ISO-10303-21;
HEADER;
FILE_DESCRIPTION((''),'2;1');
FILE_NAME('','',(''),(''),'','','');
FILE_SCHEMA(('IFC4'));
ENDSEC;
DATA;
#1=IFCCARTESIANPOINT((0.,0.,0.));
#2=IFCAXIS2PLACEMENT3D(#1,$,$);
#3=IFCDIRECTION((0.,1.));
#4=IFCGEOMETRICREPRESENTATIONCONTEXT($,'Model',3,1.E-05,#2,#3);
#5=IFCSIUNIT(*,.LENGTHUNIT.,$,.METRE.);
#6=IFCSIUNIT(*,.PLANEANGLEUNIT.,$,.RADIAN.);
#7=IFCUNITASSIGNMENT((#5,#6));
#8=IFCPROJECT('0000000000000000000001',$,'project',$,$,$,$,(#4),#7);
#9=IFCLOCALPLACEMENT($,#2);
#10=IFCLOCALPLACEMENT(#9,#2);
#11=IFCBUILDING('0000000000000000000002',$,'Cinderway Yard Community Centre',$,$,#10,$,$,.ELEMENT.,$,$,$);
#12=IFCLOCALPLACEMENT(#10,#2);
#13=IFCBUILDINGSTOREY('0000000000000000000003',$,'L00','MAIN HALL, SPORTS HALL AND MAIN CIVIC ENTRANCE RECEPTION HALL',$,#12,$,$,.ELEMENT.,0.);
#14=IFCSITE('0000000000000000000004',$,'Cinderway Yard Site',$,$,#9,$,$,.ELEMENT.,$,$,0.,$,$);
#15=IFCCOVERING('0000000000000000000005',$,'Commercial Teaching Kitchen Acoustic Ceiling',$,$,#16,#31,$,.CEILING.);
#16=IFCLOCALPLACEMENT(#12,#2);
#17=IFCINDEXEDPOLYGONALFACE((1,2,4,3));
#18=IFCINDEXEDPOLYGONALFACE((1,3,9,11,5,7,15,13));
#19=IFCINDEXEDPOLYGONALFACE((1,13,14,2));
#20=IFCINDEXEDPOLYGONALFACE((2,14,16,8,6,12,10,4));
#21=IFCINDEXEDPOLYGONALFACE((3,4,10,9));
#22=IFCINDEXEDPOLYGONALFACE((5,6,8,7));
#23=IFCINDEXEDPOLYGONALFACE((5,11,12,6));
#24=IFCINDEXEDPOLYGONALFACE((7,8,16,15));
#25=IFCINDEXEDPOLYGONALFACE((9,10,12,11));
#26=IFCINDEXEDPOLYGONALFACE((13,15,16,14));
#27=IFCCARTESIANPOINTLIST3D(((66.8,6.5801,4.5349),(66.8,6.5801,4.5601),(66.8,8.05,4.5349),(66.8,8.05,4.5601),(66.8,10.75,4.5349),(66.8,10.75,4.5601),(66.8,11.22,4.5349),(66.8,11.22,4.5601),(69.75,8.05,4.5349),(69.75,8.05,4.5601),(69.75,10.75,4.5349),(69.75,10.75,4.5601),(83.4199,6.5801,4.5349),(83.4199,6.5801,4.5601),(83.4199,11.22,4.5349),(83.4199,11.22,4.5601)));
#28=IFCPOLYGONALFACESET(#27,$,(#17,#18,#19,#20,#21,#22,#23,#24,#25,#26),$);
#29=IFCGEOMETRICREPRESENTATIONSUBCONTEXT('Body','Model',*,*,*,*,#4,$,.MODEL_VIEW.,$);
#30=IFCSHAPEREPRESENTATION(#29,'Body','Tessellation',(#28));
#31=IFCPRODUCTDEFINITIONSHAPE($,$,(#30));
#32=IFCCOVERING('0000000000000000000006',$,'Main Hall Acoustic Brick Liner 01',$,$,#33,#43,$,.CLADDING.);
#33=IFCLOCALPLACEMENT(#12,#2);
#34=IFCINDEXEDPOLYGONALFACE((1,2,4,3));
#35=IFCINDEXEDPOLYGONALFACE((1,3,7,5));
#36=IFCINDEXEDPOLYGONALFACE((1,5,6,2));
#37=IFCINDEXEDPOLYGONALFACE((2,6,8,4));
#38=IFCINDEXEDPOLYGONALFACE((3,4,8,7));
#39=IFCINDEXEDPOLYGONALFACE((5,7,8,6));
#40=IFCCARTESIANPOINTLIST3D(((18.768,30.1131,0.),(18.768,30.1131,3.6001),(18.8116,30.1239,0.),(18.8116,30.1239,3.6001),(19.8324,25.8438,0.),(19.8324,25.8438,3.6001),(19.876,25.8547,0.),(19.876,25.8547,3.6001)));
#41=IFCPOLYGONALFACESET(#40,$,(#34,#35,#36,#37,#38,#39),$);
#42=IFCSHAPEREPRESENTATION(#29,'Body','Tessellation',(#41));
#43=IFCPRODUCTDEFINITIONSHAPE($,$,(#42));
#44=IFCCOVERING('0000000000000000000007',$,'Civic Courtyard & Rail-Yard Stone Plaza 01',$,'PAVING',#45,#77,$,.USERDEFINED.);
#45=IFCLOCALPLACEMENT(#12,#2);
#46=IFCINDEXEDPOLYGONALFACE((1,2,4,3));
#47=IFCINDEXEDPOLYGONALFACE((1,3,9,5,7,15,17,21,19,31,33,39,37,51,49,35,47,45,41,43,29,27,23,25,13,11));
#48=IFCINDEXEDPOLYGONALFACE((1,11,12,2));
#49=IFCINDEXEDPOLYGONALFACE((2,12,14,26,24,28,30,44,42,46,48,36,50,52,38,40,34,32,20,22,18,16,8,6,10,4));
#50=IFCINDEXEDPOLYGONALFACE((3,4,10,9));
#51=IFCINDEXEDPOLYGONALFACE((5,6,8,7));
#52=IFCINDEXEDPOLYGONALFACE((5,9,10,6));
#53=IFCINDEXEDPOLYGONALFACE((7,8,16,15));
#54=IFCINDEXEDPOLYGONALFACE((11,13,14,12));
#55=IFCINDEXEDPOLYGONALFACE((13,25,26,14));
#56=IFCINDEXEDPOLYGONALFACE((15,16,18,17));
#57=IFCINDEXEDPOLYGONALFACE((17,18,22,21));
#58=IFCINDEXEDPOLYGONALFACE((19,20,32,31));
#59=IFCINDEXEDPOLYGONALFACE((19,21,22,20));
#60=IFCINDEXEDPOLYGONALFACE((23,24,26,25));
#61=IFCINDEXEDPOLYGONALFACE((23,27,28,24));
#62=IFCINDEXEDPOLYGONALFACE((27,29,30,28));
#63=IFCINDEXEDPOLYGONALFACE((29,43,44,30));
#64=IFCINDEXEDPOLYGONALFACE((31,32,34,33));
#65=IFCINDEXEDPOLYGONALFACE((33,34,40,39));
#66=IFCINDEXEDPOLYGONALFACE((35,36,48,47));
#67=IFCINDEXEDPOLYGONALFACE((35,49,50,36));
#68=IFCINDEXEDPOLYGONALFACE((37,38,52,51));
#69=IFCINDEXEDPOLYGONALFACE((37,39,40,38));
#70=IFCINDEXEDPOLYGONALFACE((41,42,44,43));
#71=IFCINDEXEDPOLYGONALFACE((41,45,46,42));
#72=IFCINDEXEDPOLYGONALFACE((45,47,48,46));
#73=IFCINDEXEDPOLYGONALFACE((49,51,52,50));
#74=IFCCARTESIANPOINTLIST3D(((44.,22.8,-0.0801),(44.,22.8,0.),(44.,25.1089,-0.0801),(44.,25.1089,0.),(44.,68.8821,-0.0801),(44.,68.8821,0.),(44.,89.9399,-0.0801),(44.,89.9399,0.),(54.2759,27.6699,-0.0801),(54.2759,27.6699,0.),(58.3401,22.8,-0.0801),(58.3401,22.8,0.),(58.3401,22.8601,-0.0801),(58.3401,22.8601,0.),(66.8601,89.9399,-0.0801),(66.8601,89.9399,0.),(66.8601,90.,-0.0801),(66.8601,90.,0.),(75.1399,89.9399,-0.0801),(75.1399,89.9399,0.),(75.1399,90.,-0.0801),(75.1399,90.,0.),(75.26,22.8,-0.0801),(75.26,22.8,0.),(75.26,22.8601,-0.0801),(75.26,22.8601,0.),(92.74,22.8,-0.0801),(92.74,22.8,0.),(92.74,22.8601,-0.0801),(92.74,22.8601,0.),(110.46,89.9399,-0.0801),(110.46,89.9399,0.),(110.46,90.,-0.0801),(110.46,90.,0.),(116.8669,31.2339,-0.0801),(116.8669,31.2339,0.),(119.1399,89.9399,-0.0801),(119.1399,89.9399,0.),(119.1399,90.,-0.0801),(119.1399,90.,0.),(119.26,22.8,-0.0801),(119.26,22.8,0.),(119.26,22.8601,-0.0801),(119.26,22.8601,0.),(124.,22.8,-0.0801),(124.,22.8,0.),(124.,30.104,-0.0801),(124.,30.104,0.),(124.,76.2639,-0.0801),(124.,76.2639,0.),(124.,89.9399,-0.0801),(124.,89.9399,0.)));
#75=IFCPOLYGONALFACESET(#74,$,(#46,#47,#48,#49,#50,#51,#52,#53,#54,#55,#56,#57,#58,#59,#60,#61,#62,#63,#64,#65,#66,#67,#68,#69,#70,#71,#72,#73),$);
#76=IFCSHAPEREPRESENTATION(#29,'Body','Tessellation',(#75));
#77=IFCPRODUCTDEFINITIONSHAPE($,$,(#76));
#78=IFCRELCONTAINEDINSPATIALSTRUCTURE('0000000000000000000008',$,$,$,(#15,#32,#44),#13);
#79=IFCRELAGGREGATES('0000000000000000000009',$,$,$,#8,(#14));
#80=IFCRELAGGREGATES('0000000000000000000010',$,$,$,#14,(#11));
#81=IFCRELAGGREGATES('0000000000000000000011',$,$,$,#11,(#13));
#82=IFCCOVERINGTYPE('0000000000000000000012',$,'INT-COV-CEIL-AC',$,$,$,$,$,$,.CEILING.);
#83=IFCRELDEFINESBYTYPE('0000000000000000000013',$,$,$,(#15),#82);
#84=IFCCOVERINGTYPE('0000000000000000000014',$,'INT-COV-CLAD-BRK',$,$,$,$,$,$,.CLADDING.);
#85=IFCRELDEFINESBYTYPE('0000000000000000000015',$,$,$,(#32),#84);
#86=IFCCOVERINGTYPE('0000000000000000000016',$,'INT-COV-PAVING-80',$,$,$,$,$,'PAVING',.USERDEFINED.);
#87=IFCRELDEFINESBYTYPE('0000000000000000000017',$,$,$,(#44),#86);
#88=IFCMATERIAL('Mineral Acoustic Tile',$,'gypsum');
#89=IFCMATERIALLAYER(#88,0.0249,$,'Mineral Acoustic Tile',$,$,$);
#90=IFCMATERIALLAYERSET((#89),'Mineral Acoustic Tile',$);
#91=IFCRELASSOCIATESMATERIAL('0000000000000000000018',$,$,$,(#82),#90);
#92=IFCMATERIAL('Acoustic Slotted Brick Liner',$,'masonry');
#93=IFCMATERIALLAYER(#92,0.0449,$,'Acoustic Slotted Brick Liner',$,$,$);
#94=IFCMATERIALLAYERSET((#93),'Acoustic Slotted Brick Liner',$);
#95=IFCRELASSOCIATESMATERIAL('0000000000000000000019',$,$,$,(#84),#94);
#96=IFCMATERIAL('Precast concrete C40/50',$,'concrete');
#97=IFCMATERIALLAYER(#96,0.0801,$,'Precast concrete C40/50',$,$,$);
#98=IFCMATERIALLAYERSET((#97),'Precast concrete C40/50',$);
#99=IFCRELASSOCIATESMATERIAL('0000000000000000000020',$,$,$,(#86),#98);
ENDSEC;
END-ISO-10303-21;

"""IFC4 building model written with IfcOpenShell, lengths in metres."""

from ifc_helpers import new_model, si_unit, direction, frame, origin, origin_2d, place, context, subcontext, project, spatial, polyline, rectangle, outline, extrude, material, layer, layer_set, type_object, element, save


model = new_model("IFC4")

# Units and contexts
model_context = context("Model", 3, precision=1e-05, world=origin(), true_north=direction((0.0, 1.0)))
body_context = subcontext(model_context, "Body", "Model", "MODEL_VIEW")
ifc_project = project(units=[si_unit("LENGTHUNIT", "METRE"), si_unit("PLANEANGLEUNIT", "RADIAN")], contexts=[model_context])

# Site, building, storey
site_placement = place(None, origin())
site = spatial("IfcSite", under=ifc_project, at=site_placement, Name="Cinderway Yard Site", CompositionType="ELEMENT", RefElevation=0.0)
building_placement = place(site_placement, origin())
building = spatial("IfcBuilding", under=site, at=building_placement, Name="Cinderway Yard Community Centre", CompositionType="ELEMENT")
storey_placement = place(building_placement, origin())
storey = spatial("IfcBuildingStorey", under=building, at=storey_placement, Name="L00", Description="MAIN HALL, SPORTS HALL AND MAIN CIVIC ENTRANCE RECEPTION HALL", CompositionType="ELEMENT", Elevation=0.0)

# Coverings
ifc_material_1 = material(Name="Mineral Acoustic Tile", Category="gypsum")
ifc_layer_1 = layer(ifc_material_1, 0.0249, Name="Mineral Acoustic Tile")
ifc_layer_set_1 = layer_set([ifc_layer_1], Name="Mineral Acoustic Tile")
covering_type_1 = type_object("IfcCoveringType", Name="INT-COV-CEIL-AC", PredefinedType="CEILING", material=ifc_layer_set_1)
covering_1_placement = place(storey_placement, frame((0.0, 0.0, 4.5349)))
element("IfcCovering", 1, at=covering_1_placement, inside=storey, type_object=covering_type_1, Name="Commercial Teaching Kitchen Acoustic Ceiling", PredefinedType="CEILING", context=body_context, shape_type="SweptSolid", body=[
    extrude(outline(polyline([(66.8, 8.05), (69.75, 8.05), (69.75, 10.75), (66.8, 10.75), (66.8, 11.22), (83.4199, 11.22), (83.4199, 6.5801), (66.8, 6.5801), (66.8, 8.05)])), origin(), (0.0, 0.0, 1.0), 0.0251),
])
ifc_material_2 = material(Name="Acoustic Slotted Brick Liner", Category="masonry")
ifc_layer_2 = layer(ifc_material_2, 0.0449, Name="Acoustic Slotted Brick Liner")
ifc_layer_set_2 = layer_set([ifc_layer_2], Name="Acoustic Slotted Brick Liner")
covering_type_2 = type_object("IfcCoveringType", Name="INT-COV-CLAD-BRK", PredefinedType="CLADDING", material=ifc_layer_set_2)
covering_2_placement = place(storey_placement, frame((19.322, 27.9839, 0.0), z_axis=(0.0, 0.0, 1.0), x_axis=(0.970296, 0.241922, 0.0)))
element("IfcCovering", 2, at=covering_2_placement, inside=storey, type_object=covering_type_2, Name="Main Hall Acoustic Brick Liner 01", PredefinedType="CLADDING", context=body_context, shape_type="SweptSolid", body=[
    extrude(rectangle(XDim=0.0449, YDim=4.3999, at=origin_2d()), origin(), (0.0, 0.0, 1.0), 3.6001),
])
ifc_material_3 = material(Name="Precast concrete C40/50", Category="concrete")
ifc_layer_3 = layer(ifc_material_3, 0.0801, Name="Precast concrete C40/50")
ifc_layer_set_3 = layer_set([ifc_layer_3], Name="Precast concrete C40/50")
covering_type_3 = type_object("IfcCoveringType", Name="INT-COV-PAVING-80", ElementType="PAVING", PredefinedType="USERDEFINED", material=ifc_layer_set_3)
covering_3_placement = place(storey_placement, frame((0.0, 0.0, -0.0801)))
element("IfcCovering", 3, at=covering_3_placement, inside=storey, type_object=covering_type_3, Name="Civic Courtyard & Rail-Yard Stone Plaza 01", ObjectType="PAVING", PredefinedType="USERDEFINED", context=body_context, shape_type="SweptSolid", body=[
    extrude(outline(polyline([(44.0, 22.8), (44.0, 25.1089), (54.2759, 27.6699), (44.0, 68.8821), (44.0, 89.9399), (66.8601, 89.9399), (66.8601, 90.0), (75.1399, 90.0), (75.1399, 89.9399), (110.46, 89.9399), (110.46, 90.0), (119.1399, 90.0), (119.1399, 89.9399), (124.0, 89.9399), (124.0, 76.2639), (116.8669, 31.2339), (124.0, 30.104), (124.0, 22.8), (119.26, 22.8), (119.26, 22.8601), (92.74, 22.8601), (92.74, 22.8), (75.26, 22.8), (75.26, 22.8601), (58.3401, 22.8601), (58.3401, 22.8), (44.0, 22.8)])), origin(), (0.0, 0.0, 1.0), 0.0801),
])

save(model, "model.ifc")
